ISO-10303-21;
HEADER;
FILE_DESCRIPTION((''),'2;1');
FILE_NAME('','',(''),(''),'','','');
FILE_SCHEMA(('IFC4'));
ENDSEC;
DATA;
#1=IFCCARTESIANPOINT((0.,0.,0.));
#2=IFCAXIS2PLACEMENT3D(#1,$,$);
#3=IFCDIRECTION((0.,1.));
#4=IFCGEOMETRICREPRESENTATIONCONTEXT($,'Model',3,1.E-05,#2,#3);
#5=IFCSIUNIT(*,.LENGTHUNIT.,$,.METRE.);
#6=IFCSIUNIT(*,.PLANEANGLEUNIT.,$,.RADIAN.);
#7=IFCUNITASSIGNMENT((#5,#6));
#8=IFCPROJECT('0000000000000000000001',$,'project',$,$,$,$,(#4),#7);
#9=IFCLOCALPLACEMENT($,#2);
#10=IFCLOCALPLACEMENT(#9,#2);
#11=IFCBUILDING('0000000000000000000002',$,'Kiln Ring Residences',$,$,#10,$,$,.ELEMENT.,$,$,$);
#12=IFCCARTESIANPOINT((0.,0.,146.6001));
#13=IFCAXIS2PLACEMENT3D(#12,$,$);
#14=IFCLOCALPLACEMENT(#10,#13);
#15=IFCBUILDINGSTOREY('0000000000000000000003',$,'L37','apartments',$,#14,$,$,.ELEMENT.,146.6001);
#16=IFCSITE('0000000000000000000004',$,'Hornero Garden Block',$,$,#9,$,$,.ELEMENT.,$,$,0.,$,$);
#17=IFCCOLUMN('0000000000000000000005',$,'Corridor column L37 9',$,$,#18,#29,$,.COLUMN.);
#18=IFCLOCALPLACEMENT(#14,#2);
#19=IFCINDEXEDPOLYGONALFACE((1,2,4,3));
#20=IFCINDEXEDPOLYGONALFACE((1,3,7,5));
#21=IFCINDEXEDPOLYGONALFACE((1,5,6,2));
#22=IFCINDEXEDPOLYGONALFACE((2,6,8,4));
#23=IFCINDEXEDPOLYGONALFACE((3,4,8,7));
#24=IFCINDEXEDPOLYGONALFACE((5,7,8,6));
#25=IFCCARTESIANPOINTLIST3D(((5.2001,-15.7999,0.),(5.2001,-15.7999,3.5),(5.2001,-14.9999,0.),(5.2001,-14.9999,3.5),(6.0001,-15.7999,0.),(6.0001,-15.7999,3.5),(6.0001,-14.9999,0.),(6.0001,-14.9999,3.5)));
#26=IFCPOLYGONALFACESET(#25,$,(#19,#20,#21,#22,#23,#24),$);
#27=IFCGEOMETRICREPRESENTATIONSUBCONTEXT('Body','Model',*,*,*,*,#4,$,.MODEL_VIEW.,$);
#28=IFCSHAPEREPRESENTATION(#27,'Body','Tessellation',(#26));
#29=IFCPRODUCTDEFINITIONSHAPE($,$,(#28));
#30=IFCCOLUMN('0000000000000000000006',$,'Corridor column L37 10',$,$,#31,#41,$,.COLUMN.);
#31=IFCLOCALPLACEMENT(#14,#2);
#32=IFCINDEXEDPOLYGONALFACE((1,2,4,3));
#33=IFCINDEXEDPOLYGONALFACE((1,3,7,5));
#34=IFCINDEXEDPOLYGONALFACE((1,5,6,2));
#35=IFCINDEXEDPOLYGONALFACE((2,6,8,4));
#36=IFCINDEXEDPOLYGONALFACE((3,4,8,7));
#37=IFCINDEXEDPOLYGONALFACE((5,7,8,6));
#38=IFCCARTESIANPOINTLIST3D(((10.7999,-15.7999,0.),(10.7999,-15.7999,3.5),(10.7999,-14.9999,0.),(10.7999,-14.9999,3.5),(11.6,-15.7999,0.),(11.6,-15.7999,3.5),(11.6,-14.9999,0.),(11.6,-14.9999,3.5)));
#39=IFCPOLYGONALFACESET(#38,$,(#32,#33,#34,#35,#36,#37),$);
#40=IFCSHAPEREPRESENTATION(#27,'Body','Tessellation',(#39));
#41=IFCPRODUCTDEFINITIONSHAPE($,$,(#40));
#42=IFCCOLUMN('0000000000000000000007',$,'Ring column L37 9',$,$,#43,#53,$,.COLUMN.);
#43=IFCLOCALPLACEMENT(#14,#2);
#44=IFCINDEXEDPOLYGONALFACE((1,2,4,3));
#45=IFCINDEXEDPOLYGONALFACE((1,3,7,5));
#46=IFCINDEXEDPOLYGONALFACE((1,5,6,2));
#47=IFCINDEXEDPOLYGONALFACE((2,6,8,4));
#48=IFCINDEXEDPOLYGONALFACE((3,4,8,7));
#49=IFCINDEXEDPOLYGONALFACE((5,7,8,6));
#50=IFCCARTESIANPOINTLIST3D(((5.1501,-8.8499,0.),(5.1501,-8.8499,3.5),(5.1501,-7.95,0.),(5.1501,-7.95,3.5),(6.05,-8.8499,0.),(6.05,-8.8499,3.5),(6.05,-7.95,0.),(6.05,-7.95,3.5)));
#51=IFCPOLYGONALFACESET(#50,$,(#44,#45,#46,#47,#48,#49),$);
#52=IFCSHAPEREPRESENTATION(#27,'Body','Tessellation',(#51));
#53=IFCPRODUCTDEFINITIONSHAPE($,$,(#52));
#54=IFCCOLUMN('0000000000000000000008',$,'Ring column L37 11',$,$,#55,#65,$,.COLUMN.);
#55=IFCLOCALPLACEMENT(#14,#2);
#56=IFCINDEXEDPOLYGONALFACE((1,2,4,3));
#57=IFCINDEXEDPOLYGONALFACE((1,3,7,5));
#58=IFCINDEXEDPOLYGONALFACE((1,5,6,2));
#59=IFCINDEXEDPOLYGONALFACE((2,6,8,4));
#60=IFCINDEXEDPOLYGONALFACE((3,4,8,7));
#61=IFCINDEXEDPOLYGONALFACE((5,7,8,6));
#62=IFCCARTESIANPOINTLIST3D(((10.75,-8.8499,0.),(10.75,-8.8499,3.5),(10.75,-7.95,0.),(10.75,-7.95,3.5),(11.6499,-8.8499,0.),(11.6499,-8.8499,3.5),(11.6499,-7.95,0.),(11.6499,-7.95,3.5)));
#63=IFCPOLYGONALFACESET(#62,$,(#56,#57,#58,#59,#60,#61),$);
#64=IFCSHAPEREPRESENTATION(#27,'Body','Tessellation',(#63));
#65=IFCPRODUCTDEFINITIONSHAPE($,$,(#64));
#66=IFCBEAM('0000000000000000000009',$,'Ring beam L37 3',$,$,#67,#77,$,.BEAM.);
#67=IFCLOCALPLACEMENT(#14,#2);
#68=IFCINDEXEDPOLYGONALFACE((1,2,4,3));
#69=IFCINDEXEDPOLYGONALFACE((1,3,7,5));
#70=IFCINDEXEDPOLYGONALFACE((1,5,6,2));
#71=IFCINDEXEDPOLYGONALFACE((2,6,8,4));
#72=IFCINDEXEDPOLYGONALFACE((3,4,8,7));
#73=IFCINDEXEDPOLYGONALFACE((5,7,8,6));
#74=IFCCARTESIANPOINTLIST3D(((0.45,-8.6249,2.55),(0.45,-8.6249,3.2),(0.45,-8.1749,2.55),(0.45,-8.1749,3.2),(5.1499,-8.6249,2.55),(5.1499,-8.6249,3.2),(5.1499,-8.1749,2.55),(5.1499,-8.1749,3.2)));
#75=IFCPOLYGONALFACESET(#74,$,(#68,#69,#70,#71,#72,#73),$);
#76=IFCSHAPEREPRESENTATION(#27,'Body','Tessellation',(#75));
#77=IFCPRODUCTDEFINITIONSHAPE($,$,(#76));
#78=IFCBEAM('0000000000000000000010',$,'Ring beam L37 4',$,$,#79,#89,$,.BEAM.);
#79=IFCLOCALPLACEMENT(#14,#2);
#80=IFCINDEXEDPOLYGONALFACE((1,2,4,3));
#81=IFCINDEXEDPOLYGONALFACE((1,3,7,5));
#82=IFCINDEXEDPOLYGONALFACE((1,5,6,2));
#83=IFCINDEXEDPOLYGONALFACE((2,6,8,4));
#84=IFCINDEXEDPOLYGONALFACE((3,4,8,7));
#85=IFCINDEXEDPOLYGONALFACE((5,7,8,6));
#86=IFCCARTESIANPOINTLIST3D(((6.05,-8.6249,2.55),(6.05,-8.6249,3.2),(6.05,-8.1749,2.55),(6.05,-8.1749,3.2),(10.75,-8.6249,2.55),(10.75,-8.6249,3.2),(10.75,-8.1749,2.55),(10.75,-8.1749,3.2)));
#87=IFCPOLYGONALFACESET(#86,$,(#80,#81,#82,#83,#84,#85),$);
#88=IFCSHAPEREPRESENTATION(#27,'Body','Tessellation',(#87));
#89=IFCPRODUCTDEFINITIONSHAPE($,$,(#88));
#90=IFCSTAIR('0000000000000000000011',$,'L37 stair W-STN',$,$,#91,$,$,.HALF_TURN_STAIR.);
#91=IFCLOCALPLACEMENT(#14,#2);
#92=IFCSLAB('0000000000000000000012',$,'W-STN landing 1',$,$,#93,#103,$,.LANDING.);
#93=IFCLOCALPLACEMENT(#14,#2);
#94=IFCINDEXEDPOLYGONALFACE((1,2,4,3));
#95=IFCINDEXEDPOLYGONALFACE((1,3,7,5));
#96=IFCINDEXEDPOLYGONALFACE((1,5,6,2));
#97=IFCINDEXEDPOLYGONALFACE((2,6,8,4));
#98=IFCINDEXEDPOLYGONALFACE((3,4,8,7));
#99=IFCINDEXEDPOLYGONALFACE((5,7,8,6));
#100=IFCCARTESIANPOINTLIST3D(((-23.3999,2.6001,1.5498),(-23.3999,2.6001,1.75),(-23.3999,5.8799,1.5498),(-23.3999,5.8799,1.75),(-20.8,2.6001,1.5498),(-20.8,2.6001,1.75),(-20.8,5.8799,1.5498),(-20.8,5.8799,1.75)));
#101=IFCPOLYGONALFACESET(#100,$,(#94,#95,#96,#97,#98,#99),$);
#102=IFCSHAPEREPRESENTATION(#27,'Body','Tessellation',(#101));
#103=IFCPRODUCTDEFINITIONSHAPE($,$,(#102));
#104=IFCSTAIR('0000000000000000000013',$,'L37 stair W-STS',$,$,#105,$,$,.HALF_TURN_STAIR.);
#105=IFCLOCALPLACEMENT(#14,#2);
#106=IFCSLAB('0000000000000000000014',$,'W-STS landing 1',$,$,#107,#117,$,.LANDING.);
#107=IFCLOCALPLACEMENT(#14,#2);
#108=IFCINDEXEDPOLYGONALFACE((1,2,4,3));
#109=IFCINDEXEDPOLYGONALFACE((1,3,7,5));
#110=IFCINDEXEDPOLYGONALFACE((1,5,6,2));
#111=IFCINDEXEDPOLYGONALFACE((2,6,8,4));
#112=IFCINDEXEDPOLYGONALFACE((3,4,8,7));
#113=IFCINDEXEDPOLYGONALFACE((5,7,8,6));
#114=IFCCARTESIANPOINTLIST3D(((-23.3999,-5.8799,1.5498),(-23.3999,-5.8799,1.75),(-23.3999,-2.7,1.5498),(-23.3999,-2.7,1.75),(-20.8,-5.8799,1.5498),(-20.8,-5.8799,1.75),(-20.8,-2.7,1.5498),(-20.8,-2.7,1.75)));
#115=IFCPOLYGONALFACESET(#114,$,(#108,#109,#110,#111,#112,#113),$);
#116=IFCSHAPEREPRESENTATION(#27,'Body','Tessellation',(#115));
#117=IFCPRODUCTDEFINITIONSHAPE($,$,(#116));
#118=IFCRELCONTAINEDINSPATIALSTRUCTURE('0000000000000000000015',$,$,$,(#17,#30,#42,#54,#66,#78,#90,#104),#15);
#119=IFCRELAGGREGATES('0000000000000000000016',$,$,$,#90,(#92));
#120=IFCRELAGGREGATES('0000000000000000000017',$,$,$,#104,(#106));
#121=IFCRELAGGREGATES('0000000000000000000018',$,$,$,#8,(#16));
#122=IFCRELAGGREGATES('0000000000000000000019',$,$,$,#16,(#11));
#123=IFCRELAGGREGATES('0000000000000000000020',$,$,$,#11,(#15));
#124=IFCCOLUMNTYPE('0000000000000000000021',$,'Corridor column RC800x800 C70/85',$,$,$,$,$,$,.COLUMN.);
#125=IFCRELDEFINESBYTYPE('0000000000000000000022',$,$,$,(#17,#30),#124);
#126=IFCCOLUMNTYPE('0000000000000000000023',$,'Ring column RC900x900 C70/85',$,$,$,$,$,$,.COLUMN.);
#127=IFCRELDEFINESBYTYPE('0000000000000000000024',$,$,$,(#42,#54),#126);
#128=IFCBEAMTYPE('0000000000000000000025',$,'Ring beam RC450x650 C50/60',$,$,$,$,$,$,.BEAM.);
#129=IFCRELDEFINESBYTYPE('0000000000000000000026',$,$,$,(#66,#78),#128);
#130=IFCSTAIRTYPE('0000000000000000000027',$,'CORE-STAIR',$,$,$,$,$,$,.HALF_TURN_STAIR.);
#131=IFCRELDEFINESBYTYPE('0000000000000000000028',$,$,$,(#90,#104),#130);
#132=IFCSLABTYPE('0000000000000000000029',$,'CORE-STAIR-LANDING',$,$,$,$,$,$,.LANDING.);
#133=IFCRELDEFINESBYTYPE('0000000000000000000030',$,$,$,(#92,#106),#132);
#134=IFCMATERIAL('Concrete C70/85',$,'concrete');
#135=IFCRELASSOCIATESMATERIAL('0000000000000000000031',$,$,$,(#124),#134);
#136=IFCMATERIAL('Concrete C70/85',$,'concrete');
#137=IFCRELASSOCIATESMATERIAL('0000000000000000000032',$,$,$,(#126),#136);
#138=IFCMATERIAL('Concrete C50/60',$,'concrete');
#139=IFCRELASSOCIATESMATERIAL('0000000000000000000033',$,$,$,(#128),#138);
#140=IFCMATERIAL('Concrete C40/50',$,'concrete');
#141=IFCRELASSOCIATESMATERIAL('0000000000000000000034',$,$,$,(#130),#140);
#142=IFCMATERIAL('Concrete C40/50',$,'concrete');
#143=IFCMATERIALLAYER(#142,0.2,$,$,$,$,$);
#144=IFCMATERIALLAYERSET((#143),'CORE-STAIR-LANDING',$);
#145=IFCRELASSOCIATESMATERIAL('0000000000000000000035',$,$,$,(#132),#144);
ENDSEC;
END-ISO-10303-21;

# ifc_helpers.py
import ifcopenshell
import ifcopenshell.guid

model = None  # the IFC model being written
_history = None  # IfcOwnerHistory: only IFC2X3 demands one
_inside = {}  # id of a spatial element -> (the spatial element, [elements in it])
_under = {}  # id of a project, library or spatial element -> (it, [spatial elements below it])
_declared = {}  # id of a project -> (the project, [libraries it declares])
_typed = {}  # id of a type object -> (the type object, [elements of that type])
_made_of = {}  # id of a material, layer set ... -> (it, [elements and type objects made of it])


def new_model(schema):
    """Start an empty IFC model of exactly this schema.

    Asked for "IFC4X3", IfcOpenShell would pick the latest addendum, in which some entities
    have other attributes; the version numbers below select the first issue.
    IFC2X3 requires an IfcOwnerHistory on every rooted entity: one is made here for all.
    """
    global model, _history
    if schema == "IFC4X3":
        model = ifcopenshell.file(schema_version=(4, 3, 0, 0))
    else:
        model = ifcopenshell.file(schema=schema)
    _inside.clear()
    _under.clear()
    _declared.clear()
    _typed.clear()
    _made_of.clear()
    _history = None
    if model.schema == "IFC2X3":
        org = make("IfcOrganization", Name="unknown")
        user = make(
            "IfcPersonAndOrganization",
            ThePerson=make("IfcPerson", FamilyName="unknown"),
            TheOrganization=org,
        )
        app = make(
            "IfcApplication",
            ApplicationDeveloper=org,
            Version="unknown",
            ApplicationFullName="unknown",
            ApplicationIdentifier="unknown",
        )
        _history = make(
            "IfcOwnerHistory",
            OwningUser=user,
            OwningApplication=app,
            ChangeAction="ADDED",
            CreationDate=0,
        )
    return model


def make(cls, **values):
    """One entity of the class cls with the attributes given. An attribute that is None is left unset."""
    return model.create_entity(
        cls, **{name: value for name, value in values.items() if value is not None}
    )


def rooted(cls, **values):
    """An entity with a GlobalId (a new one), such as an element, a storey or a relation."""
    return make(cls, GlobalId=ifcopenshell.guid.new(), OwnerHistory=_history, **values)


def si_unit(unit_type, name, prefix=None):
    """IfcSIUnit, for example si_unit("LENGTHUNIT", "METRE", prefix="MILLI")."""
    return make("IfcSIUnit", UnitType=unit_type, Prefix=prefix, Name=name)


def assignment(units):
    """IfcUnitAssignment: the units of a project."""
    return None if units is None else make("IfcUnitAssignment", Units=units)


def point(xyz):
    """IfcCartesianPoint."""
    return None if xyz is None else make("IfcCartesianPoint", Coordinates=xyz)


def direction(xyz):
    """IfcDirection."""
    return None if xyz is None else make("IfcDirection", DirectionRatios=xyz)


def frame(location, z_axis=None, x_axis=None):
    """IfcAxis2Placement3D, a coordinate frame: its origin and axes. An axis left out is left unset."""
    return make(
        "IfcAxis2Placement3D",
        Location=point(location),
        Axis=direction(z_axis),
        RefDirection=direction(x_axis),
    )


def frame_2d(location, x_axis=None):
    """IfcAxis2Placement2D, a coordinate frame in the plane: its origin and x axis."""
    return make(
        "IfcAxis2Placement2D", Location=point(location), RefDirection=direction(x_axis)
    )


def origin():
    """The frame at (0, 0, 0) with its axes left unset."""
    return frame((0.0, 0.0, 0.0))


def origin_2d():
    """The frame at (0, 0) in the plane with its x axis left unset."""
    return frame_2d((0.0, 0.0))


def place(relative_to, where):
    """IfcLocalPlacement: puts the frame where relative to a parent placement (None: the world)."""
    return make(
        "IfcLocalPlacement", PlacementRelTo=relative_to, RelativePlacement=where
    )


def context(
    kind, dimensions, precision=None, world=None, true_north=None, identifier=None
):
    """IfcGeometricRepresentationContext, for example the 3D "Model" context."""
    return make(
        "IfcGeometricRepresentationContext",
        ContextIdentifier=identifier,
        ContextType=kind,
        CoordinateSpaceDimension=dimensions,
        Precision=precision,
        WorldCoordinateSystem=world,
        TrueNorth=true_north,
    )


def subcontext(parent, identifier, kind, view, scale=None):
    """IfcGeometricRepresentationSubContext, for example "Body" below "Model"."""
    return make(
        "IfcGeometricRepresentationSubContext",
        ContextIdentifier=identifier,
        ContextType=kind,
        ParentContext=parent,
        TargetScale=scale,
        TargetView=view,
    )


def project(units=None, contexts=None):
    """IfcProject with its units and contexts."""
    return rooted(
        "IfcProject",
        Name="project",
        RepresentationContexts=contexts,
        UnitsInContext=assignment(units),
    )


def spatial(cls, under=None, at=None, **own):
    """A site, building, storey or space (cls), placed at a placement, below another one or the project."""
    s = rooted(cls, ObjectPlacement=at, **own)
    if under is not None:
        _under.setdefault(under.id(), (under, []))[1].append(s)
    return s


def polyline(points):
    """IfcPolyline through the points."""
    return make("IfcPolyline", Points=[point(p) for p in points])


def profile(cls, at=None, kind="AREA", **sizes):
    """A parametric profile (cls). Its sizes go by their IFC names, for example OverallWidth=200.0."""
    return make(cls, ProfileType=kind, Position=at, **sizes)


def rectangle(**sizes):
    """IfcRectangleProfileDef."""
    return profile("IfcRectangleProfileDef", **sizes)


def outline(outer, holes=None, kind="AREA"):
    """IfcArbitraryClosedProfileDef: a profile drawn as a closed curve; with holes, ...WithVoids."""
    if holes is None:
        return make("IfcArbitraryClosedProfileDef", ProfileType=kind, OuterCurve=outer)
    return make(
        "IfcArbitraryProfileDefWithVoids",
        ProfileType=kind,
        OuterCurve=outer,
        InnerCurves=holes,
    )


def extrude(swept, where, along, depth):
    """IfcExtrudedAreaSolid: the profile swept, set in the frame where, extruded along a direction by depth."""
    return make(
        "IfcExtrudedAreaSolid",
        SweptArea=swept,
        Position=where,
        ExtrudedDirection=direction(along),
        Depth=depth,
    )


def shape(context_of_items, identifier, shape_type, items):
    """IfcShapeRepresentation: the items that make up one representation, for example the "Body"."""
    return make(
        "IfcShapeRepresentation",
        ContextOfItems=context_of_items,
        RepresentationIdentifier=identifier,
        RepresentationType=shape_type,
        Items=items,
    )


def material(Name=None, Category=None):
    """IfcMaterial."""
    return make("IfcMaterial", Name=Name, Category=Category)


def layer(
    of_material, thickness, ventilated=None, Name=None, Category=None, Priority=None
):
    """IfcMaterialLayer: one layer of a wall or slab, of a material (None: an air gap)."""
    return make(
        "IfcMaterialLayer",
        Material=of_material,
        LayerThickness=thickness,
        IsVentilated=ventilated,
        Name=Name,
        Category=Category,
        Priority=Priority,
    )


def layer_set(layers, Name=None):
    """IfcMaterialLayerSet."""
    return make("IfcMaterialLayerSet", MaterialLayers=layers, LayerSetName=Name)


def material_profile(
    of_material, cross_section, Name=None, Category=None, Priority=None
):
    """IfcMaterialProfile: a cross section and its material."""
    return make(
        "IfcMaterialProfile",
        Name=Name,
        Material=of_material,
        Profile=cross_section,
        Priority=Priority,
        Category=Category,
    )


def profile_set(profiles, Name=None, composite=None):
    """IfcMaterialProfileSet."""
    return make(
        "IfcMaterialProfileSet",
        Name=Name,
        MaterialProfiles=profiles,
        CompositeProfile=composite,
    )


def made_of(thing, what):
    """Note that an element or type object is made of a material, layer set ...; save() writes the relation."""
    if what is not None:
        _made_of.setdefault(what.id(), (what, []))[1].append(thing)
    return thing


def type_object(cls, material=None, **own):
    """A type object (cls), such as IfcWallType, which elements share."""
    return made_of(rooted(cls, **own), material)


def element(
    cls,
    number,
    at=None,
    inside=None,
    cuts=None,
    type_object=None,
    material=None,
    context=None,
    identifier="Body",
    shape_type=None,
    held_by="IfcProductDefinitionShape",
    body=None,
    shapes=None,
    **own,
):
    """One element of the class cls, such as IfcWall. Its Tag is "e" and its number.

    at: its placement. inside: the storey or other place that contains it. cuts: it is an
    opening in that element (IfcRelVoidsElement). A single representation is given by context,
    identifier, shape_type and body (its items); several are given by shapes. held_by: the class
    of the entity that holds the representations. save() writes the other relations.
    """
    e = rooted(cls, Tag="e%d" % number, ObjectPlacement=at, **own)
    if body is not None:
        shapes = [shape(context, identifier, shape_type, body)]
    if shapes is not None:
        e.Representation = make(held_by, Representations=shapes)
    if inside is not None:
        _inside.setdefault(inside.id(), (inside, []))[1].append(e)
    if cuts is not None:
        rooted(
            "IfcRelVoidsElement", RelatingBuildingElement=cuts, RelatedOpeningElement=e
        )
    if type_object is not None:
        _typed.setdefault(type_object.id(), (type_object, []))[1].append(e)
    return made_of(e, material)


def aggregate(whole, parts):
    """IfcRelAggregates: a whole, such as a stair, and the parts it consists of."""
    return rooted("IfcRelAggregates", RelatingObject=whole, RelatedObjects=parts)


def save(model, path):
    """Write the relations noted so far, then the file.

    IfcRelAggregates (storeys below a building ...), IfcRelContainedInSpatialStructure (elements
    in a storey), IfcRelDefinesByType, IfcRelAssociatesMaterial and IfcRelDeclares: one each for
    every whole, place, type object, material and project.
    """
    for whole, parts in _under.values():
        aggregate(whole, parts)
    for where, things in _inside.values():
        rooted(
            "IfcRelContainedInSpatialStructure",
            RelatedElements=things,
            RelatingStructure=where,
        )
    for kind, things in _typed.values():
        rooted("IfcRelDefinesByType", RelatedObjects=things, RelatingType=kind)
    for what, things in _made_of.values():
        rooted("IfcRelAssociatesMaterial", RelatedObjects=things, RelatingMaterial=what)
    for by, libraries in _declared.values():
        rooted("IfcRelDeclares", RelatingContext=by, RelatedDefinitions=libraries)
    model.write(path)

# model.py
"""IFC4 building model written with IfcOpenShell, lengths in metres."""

from ifc_helpers import new_model, si_unit, direction, frame, origin, origin_2d, place, context, subcontext, project, spatial, polyline, rectangle, outline, extrude, material, layer, layer_set, material_profile, profile_set, type_object, element, aggregate, save


model = new_model("IFC4")

# Units and contexts
model_context = context("Model", 3, precision=1e-05, world=origin(), true_north=direction((0.0, 1.0)))
body_context = subcontext(model_context, "Body", "Model", "MODEL_VIEW")
ifc_project = project(units=[si_unit("LENGTHUNIT", "METRE"), si_unit("PLANEANGLEUNIT", "RADIAN")], contexts=[model_context])

# Site, building, storey
site_placement = place(None, origin())
site = spatial("IfcSite", under=ifc_project, at=site_placement, Name="Hornero Garden Block", CompositionType="ELEMENT", RefElevation=0.0)
building_placement = place(site_placement, origin())
building = spatial("IfcBuilding", under=site, at=building_placement, Name="Kiln Ring Residences", CompositionType="ELEMENT")
storey_placement = place(building_placement, frame((0.0, 0.0, 146.6001)))
storey = spatial("IfcBuildingStorey", under=building, at=storey_placement, Name="L37", Description="apartments", CompositionType="ELEMENT", Elevation=146.6001)

# Columns
ifc_material_1 = material(Name="Concrete C70/85", Category="concrete")
ifc_material_profile_1 = material_profile(ifc_material_1, rectangle(XDim=0.8, YDim=0.8, at=origin_2d()), Name="RC800x800")
ifc_profile_set_1 = profile_set([ifc_material_profile_1], Name="Concrete C70/85")
column_type_1 = type_object("IfcColumnType", Name="Corridor column RC800x800 C70/85", PredefinedType="COLUMN", material=ifc_profile_set_1)
for number, where, z_axis, x_axis, name in (
    (1, (5.6001, -15.3999, 0.0), (0.0, 0.0, 1.0), (1.0, 0.0, 0.0), "Corridor column L37 9"),
    (2, (11.2, -15.3999, 0.0), (0.0, 0.0, 1.0), (1.0, 0.0, 0.0), "Corridor column L37 10"),
):
    element("IfcColumn", number, at=place(storey_placement, frame(where, z_axis=z_axis, x_axis=x_axis)), inside=storey, type_object=column_type_1, Name=name, PredefinedType="COLUMN", context=body_context, shape_type="SweptSolid", body=[
        extrude(rectangle(XDim=0.8, YDim=0.8, at=origin_2d()), origin(), (0.0, 0.0, 1.0), 3.5),
    ])
ifc_material_2 = material(Name="Concrete C70/85", Category="concrete")
ifc_material_profile_2 = material_profile(ifc_material_2, rectangle(XDim=0.8999, YDim=0.8999, at=origin_2d()), Name="RC900x900")
ifc_profile_set_2 = profile_set([ifc_material_profile_2], Name="Concrete C70/85")
column_type_2 = type_object("IfcColumnType", Name="Ring column RC900x900 C70/85", PredefinedType="COLUMN", material=ifc_profile_set_2)
for number, where, z_axis, x_axis, name in (
    (3, (5.6001, -8.3999, 0.0), (0.0, 0.0, 1.0), (1.0, 0.0, 0.0), "Ring column L37 9"),
    (4, (11.2, -8.3999, 0.0), (0.0, 0.0, 1.0), (1.0, 0.0, 0.0), "Ring column L37 11"),
):
    element("IfcColumn", number, at=place(storey_placement, frame(where, z_axis=z_axis, x_axis=x_axis)), inside=storey, type_object=column_type_2, Name=name, PredefinedType="COLUMN", context=body_context, shape_type="SweptSolid", body=[
        extrude(rectangle(XDim=0.8999, YDim=0.8999, at=origin_2d()), origin(), (0.0, 0.0, 1.0), 3.5),
    ])

# Beams
ifc_material_3 = material(Name="Concrete C50/60", Category="concrete")
ifc_material_profile_3 = material_profile(ifc_material_3, rectangle(XDim=0.45, YDim=0.6499, at=origin_2d()), Name="RC450x650")
ifc_profile_set_3 = profile_set([ifc_material_profile_3], Name="Concrete C50/60")
beam_type = type_object("IfcBeamType", Name="Ring beam RC450x650 C50/60", PredefinedType="BEAM", material=ifc_profile_set_3)
for number, where, z_axis, x_axis, name in (
    (5, (0.45, -8.3999, 2.875), (1.0, 0.0, 0.0), (0.0, 1.0, 0.0), "Ring beam L37 3"),
    (6, (6.05, -8.3999, 2.875), (1.0, 0.0, 0.0), (0.0, 1.0, 0.0), "Ring beam L37 4"),
):
    element("IfcBeam", number, at=place(storey_placement, frame(where, z_axis=z_axis, x_axis=x_axis)), inside=storey, type_object=beam_type, Name=name, PredefinedType="BEAM", context=body_context, shape_type="SweptSolid", body=[
        extrude(rectangle(XDim=0.45, YDim=0.6499, at=origin_2d()), origin(), (0.0, 0.0, 1.0), 4.7),
    ])

# Stairs, slabs
ifc_material_4 = material(Name="Concrete C40/50", Category="concrete")
stair_type = type_object("IfcStairType", Name="CORE-STAIR", PredefinedType="HALF_TURN_STAIR", material=ifc_material_4)
placement_1 = place(storey_placement, origin())
stair_1 = element("IfcStair", 7, at=placement_1, inside=storey, type_object=stair_type, Name="L37 stair W-STN", PredefinedType="HALF_TURN_STAIR")
ifc_material_5 = material(Name="Concrete C40/50", Category="concrete")
ifc_layer_1 = layer(ifc_material_5, 0.2)
ifc_layer_set_1 = layer_set([ifc_layer_1], Name="CORE-STAIR-LANDING")
slab_type = type_object("IfcSlabType", Name="CORE-STAIR-LANDING", PredefinedType="LANDING", material=ifc_layer_set_1)
placement_2 = place(storey_placement, frame((0.0, 0.0, 1.5498)))
slab_1 = element("IfcSlab", 8, at=placement_2, type_object=slab_type, Name="W-STN landing 1", PredefinedType="LANDING", context=body_context, shape_type="SweptSolid", body=[
    extrude(outline(polyline([(-23.3999, 5.8799), (-23.3999, 2.6001), (-20.8, 2.6001), (-20.8, 5.8799), (-23.3999, 5.8799)])), origin(), (0.0, 0.0, 1.0), 0.2002),
])
aggregate(stair_1, [slab_1])
stair_2 = element("IfcStair", 9, at=placement_1, inside=storey, type_object=stair_type, Name="L37 stair W-STS", PredefinedType="HALF_TURN_STAIR")
slab_2 = element("IfcSlab", 10, at=placement_2, type_object=slab_type, Name="W-STS landing 1", PredefinedType="LANDING", context=body_context, shape_type="SweptSolid", body=[
    extrude(outline(polyline([(-20.8, -5.8799), (-20.8, -2.7), (-23.3999, -2.7), (-23.3999, -5.8799), (-20.8, -5.8799)])), origin(), (0.0, 0.0, 1.0), 0.2002),
])
aggregate(stair_2, [slab_2])

save(model, "model.ifc")
